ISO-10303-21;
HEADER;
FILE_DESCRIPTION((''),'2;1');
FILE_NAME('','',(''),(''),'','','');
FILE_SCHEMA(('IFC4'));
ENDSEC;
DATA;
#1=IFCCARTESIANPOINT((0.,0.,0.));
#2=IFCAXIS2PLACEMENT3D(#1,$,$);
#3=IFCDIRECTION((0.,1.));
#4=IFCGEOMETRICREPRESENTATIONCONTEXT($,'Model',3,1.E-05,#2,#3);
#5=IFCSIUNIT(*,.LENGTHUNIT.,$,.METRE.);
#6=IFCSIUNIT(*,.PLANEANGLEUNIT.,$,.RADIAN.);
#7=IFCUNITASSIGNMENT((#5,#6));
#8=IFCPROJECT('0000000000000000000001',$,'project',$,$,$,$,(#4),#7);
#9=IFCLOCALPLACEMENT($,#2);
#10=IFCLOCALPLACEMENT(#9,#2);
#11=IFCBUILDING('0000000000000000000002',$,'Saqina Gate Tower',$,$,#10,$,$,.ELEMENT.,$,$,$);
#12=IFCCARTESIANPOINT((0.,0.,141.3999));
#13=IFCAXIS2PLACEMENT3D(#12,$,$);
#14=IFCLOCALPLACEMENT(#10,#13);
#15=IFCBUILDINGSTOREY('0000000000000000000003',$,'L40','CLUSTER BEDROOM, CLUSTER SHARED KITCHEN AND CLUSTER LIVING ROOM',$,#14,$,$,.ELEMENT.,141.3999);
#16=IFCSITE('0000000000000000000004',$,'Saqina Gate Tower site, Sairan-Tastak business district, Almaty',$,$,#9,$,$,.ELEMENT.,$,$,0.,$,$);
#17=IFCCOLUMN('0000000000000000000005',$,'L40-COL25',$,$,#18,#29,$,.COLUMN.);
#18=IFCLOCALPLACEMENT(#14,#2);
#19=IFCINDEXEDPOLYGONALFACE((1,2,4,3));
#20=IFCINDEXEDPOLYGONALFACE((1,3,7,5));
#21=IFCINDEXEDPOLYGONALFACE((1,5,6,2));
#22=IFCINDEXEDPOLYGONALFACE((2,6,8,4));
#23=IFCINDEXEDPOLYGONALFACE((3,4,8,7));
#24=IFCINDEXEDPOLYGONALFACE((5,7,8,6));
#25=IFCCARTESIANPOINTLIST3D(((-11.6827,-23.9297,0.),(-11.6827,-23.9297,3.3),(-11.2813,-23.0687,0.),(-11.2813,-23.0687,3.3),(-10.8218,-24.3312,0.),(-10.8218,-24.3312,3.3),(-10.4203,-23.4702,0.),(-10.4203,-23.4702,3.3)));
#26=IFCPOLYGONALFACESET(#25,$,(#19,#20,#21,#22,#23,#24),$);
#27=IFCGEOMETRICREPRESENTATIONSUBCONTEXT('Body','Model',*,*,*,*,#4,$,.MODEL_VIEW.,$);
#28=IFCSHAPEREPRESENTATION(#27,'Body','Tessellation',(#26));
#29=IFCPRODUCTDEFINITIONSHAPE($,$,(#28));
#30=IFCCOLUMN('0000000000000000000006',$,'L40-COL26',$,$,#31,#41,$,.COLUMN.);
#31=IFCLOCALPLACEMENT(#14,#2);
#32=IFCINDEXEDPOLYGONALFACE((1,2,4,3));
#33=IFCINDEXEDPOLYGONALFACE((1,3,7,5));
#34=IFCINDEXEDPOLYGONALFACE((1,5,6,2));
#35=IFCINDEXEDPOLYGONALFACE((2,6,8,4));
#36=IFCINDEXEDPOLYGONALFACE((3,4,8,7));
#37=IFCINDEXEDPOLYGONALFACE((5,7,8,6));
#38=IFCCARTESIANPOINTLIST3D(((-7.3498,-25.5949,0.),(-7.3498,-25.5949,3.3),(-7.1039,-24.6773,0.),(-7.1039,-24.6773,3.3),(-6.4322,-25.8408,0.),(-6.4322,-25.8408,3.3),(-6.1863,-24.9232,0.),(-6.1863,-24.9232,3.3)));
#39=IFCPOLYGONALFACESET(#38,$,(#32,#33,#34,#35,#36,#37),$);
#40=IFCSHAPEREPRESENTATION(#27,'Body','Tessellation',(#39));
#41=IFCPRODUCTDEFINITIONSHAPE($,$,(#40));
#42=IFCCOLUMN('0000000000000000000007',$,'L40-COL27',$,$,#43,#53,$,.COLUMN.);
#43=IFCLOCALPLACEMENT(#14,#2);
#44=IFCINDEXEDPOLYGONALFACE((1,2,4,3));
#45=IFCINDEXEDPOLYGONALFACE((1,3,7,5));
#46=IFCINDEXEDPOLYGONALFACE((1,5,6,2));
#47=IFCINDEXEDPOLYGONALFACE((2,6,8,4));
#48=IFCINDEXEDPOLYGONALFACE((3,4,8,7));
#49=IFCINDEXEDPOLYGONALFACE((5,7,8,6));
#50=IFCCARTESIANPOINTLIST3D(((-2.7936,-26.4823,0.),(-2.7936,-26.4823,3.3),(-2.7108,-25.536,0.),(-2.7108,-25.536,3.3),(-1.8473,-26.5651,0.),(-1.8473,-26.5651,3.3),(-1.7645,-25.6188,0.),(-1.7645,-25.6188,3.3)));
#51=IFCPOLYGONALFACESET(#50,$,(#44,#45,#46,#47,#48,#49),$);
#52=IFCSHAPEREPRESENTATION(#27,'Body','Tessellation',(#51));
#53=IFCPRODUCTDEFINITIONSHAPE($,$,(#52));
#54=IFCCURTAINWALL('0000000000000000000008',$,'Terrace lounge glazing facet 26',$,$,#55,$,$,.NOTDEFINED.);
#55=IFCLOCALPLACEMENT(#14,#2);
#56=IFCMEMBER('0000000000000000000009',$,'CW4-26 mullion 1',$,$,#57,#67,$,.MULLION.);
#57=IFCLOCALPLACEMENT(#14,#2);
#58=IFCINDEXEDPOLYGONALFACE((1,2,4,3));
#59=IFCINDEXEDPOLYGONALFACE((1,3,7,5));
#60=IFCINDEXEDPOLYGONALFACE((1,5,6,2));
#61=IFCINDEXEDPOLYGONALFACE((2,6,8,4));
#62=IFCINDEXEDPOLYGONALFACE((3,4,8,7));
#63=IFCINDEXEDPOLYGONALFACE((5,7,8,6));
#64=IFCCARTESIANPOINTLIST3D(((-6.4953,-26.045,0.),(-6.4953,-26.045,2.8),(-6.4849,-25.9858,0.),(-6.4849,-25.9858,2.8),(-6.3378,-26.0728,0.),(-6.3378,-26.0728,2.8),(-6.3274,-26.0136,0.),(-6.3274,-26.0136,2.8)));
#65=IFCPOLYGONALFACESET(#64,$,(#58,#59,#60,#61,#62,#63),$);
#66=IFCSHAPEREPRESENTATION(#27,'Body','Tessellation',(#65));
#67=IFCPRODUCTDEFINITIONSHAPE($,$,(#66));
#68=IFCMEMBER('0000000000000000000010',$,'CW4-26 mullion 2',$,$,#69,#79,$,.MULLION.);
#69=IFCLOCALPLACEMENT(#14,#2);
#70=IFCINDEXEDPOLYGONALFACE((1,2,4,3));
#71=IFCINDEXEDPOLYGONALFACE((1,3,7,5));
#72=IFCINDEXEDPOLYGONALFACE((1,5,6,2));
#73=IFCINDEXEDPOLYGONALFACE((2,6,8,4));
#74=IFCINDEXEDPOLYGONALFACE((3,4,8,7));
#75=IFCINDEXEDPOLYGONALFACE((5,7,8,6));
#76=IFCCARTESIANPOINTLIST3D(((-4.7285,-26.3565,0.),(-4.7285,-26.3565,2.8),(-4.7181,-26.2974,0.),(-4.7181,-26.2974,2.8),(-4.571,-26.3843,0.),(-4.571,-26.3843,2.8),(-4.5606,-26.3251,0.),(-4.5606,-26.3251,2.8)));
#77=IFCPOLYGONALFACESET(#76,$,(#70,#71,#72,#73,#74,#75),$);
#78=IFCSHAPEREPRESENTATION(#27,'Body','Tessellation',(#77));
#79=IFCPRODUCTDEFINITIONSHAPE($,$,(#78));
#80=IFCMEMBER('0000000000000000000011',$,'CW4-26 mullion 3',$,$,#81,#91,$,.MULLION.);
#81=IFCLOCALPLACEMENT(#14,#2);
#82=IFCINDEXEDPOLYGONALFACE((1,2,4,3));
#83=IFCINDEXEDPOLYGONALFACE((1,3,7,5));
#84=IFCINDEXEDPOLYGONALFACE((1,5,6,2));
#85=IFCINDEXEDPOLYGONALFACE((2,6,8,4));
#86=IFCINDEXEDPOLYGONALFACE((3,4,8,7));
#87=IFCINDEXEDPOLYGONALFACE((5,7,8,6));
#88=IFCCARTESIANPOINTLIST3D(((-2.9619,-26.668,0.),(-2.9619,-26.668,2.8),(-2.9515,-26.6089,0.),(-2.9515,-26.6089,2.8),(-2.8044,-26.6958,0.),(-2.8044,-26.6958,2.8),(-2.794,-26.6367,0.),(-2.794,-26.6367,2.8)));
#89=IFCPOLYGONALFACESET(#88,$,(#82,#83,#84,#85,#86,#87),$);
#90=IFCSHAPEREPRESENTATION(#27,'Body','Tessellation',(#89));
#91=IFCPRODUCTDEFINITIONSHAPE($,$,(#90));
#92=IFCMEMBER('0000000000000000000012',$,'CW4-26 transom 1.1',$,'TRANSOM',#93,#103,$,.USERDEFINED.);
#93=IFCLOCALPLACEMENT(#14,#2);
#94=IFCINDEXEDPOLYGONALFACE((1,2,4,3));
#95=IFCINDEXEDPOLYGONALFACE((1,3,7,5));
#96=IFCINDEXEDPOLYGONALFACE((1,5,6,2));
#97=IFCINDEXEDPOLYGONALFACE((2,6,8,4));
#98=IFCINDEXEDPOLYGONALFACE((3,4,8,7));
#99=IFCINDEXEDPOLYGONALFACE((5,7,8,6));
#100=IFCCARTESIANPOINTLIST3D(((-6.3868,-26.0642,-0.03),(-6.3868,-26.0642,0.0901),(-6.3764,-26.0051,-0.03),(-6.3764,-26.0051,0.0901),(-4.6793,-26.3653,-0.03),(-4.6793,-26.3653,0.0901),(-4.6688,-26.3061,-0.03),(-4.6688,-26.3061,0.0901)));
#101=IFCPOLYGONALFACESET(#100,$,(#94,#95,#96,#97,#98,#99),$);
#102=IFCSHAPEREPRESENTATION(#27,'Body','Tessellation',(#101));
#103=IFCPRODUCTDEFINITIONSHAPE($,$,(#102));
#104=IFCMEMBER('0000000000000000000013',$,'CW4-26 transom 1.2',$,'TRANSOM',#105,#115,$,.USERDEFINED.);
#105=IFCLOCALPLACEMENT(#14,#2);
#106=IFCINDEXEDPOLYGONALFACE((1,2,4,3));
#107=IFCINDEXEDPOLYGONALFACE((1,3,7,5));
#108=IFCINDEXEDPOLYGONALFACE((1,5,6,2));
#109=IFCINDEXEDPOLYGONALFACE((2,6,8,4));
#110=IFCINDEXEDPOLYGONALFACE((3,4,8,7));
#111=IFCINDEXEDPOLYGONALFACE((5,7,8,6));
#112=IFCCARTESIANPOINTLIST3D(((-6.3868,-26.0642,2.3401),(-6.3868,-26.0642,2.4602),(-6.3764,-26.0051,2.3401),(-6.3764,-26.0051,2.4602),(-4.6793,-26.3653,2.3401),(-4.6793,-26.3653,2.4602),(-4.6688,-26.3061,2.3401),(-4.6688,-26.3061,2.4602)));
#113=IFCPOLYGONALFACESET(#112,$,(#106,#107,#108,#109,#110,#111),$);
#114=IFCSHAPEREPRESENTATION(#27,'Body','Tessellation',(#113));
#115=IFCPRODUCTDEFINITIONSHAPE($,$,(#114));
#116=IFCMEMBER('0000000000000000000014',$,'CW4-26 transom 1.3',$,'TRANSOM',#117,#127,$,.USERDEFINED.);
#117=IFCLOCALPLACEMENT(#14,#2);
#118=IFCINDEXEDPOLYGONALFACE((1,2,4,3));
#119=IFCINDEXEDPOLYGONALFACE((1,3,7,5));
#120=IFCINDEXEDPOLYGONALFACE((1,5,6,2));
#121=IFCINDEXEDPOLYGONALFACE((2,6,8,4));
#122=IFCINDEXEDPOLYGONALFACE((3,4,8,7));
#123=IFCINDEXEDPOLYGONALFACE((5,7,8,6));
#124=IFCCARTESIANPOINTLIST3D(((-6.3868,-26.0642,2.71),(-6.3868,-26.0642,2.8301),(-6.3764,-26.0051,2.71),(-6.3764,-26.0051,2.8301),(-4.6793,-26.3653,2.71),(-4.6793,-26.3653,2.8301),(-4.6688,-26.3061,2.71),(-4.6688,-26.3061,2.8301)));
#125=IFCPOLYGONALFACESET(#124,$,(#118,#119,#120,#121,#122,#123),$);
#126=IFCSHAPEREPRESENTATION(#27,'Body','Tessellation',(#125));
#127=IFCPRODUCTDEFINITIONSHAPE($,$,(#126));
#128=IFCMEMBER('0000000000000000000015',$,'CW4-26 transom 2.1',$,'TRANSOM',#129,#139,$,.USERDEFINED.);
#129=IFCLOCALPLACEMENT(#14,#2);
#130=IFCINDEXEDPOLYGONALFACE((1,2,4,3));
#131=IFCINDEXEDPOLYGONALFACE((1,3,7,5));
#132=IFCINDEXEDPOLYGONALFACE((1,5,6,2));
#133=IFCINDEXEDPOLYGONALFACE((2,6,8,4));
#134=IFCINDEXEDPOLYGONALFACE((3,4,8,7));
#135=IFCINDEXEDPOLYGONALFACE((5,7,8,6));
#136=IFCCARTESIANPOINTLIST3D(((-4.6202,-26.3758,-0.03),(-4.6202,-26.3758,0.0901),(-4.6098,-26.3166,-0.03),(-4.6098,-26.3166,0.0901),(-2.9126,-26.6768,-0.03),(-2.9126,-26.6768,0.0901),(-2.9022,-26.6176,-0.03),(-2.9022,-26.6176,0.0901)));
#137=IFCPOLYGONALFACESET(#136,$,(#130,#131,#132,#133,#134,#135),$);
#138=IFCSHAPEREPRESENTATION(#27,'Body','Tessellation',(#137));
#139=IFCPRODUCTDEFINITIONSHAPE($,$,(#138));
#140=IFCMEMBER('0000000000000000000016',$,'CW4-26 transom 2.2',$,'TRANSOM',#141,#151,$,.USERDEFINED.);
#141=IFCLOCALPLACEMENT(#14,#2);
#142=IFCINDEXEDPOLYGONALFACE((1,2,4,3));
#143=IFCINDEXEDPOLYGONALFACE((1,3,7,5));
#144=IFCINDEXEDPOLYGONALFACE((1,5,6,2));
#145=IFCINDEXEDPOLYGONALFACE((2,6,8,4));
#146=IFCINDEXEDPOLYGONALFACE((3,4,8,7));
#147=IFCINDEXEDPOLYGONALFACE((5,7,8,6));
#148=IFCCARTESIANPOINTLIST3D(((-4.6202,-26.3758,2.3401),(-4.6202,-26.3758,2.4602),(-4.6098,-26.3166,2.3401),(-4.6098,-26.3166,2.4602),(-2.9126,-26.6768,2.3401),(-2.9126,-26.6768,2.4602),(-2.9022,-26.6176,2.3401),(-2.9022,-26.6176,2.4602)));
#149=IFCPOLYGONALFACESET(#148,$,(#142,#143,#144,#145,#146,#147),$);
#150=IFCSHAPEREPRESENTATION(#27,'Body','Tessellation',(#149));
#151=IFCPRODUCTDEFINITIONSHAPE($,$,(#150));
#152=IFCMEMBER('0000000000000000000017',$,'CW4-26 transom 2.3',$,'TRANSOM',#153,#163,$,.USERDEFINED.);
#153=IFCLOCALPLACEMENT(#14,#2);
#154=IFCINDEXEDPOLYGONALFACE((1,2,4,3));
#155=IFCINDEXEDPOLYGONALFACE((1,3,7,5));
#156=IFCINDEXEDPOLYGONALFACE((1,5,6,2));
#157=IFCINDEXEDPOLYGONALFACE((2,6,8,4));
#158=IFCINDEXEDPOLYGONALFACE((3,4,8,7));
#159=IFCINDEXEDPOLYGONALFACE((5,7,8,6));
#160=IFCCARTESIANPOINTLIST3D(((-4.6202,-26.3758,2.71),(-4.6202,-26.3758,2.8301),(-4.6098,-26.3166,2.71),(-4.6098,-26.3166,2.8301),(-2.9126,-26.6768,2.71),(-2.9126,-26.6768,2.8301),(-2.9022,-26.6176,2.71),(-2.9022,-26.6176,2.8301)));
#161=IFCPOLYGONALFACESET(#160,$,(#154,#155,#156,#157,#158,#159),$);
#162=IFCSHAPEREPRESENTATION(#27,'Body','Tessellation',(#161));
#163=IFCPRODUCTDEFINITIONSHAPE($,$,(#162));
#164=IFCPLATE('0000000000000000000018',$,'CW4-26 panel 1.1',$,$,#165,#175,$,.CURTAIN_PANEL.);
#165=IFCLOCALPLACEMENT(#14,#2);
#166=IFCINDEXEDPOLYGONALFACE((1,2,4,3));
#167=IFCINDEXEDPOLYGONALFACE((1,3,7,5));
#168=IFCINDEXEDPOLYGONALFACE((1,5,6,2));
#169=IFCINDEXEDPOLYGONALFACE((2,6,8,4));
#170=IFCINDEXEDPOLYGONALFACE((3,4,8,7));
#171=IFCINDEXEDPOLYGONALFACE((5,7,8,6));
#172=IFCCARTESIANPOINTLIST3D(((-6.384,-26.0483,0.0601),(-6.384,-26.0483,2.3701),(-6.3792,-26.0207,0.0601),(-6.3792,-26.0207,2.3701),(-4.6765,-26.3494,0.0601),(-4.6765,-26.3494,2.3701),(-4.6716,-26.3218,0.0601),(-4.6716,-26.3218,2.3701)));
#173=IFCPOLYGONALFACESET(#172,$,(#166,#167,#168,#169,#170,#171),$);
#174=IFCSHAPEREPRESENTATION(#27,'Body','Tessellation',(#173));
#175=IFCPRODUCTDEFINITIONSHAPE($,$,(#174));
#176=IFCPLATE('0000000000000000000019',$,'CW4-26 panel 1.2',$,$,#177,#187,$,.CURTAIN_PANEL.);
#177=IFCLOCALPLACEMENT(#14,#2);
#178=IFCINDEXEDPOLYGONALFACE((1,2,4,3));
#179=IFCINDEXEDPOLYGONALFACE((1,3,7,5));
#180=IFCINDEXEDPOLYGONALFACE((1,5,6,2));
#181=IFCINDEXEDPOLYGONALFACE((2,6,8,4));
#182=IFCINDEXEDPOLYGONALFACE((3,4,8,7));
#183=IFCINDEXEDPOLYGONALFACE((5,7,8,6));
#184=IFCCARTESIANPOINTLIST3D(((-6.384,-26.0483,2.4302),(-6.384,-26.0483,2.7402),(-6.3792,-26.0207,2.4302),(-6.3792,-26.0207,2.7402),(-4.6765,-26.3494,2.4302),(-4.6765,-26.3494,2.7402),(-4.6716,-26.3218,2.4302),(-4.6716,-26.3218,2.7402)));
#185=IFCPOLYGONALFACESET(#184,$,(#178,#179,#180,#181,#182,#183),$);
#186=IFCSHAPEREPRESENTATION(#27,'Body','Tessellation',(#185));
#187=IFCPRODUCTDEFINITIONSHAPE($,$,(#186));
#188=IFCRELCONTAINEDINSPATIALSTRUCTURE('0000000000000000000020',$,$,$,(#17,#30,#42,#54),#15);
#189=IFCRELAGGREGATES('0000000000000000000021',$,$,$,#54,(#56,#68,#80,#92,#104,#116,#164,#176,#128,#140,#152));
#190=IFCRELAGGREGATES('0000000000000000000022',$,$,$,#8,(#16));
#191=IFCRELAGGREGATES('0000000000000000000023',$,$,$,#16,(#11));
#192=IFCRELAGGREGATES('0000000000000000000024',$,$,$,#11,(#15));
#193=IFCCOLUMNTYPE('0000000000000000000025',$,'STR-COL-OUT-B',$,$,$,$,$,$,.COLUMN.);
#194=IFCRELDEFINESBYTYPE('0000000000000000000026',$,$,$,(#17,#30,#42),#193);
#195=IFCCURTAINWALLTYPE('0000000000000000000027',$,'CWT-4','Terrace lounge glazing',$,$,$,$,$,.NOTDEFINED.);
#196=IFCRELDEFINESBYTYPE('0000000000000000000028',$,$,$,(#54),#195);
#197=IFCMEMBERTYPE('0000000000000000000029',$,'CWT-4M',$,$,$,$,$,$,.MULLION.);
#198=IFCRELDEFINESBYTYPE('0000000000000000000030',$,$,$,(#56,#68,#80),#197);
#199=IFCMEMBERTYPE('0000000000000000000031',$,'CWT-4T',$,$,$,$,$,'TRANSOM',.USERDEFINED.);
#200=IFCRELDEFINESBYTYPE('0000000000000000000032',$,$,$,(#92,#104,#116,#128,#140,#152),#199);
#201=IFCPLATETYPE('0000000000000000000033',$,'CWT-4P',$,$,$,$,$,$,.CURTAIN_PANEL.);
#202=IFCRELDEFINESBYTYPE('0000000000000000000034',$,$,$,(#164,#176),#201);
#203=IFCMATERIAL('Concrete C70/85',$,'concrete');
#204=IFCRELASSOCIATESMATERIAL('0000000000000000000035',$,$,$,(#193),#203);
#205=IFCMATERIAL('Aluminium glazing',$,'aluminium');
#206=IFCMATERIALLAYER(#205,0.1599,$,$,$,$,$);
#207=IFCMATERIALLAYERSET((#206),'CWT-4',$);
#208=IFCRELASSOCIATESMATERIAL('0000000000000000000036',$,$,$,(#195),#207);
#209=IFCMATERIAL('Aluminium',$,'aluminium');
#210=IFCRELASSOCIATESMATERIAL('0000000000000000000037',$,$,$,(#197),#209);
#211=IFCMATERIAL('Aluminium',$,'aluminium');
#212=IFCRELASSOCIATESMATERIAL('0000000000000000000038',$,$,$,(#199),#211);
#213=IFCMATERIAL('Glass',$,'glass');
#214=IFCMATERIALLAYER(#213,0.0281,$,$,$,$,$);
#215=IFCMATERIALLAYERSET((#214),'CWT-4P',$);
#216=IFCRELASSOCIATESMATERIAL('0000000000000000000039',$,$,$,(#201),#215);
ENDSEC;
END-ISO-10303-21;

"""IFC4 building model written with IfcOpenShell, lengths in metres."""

from ifc_helpers import new_model, si_unit, direction, frame, origin, origin_2d, place, context, subcontext, project, spatial, rectangle, extrude, material, layer, layer_set, material_profile, profile_set, type_object, element, aggregate, save


model = new_model("IFC4")

# Units and contexts
model_context = context("Model", 3, precision=1e-05, world=origin(), true_north=direction((0.0, 1.0)))
body_context = subcontext(model_context, "Body", "Model", "MODEL_VIEW")
ifc_project = project(units=[si_unit("LENGTHUNIT", "METRE"), si_unit("PLANEANGLEUNIT", "RADIAN")], contexts=[model_context])

# Site, building, storey
site_placement = place(None, origin())
site = spatial("IfcSite", under=ifc_project, at=site_placement, Name="Saqina Gate Tower site, Sairan-Tastak business district, Almaty", CompositionType="ELEMENT", RefElevation=0.0)
building_placement = place(site_placement, origin())
building = spatial("IfcBuilding", under=site, at=building_placement, Name="Saqina Gate Tower", CompositionType="ELEMENT")
storey_placement = place(building_placement, frame((0.0, 0.0, 141.3999)))
storey = spatial("IfcBuildingStorey", under=building, at=storey_placement, Name="L40", Description="CLUSTER BEDROOM, CLUSTER SHARED KITCHEN AND CLUSTER LIVING ROOM", CompositionType="ELEMENT", Elevation=141.3999)

# Columns
ifc_material_1 = material(Name="Concrete C70/85", Category="concrete")
ifc_material_profile_1 = material_profile(ifc_material_1, rectangle(XDim=0.95, YDim=0.95, at=origin_2d()), Name="RC 950x950")
ifc_profile_set_1 = profile_set([ifc_material_profile_1], Name="Concrete C70/85")
column_type = type_object("IfcColumnType", Name="STR-COL-OUT-B", PredefinedType="COLUMN", material=ifc_profile_set_1)
for number, where, z_axis, x_axis, name in (
    (1, (-11.0515, -23.7, 0.0), (0.0, 0.0, 1.0), (-0.422618, -0.906308, 0.0), "L40-COL25"),
    (2, (-6.7681, -25.259, 0.0), (0.0, 0.0, 1.0), (-0.258819, -0.965926, 0.0), "L40-COL26"),
    (3, (-2.2791, -26.0505, 0.0), (0.0, 0.0, 1.0), (-0.087156, -0.996195, 0.0), "L40-COL27"),
):
    element("IfcColumn", number, at=place(storey_placement, frame(where, z_axis=z_axis, x_axis=x_axis)), inside=storey, type_object=column_type, Name=name, PredefinedType="COLUMN", context=body_context, shape_type="SweptSolid", body=[
        extrude(rectangle(XDim=0.95, YDim=0.95, at=origin_2d()), origin(), (0.0, 0.0, 1.0), 3.3),
    ])

# Curtain wall, members, plates
ifc_material_2 = material(Name="Aluminium glazing", Category="aluminium")
ifc_layer_1 = layer(ifc_material_2, 0.1599)
ifc_layer_set_1 = layer_set([ifc_layer_1], Name="CWT-4")
curtain_wall_type = type_object("IfcCurtainWallType", Name="CWT-4", Description="Terrace lounge glazing", PredefinedType="NOTDEFINED", material=ifc_layer_set_1)
curtain_wall_placement = place(storey_placement, origin())
curtain_wall = element("IfcCurtainWall", 4, at=curtain_wall_placement, inside=storey, type_object=curtain_wall_type, Name="Terrace lounge glazing facet 26", PredefinedType="NOTDEFINED")
ifc_material_3 = material(Name="Aluminium", Category="aluminium")
ifc_material_profile_2 = material_profile(ifc_material_3, rectangle(XDim=0.0601, YDim=0.1599, at=origin_2d()), Name="Aluminium 60x160")
ifc_profile_set_2 = profile_set([ifc_material_profile_2], Name="Aluminium")
member_type_1 = type_object("IfcMemberType", Name="CWT-4M", PredefinedType="MULLION", material=ifc_profile_set_2)
member_1_placement = place(storey_placement, frame((-6.4114, -26.0293, 0.0), z_axis=(0.0, 0.0, 1.0), x_axis=(0.173638, 0.984809, 0.0)))
member_1 = element("IfcMember", 5, at=member_1_placement, type_object=member_type_1, Name="CW4-26 mullion 1", PredefinedType="MULLION", context=body_context, shape_type="SweptSolid", body=[
    extrude(rectangle(XDim=0.0601, YDim=0.1599, at=origin_2d()), origin(), (0.0, 0.0, 1.0), 2.8),
])
member_2_placement = place(storey_placement, frame((-4.6445, -26.3408, 0.0), z_axis=(0.0, 0.0, 1.0), x_axis=(0.173638, 0.984809, 0.0)))
member_2 = element("IfcMember", 6, at=member_2_placement, type_object=member_type_1, Name="CW4-26 mullion 2", PredefinedType="MULLION", context=body_context, shape_type="SweptSolid", body=[
    extrude(rectangle(XDim=0.0601, YDim=0.1599, at=origin_2d()), origin(), (0.0, 0.0, 1.0), 2.8),
])
member_3_placement = place(storey_placement, frame((-2.8779, -26.6523, 0.0), z_axis=(0.0, 0.0, 1.0), x_axis=(0.173638, 0.984809, 0.0)))
member_3 = element("IfcMember", 7, at=member_3_placement, type_object=member_type_1, Name="CW4-26 mullion 3", PredefinedType="MULLION", context=body_context, shape_type="SweptSolid", body=[
    extrude(rectangle(XDim=0.0601, YDim=0.1599, at=origin_2d()), origin(), (0.0, 0.0, 1.0), 2.8),
])
ifc_material_4 = material(Name="Aluminium", Category="aluminium")
ifc_material_profile_3 = material_profile(ifc_material_4, rectangle(XDim=0.0601, YDim=0.1201, at=origin_2d()), Name="Aluminium 60x120")
ifc_profile_set_3 = profile_set([ifc_material_profile_3], Name="Aluminium")
member_type_2 = type_object("IfcMemberType", Name="CWT-4T", ElementType="TRANSOM", PredefinedType="USERDEFINED", material=ifc_profile_set_3)
member_4_placement = place(storey_placement, frame((-6.3816, -26.0347, 0.03), z_axis=(0.984813, -0.173617, 0.0), x_axis=(0.173617, 0.984813, 0.0)))
member_4 = element("IfcMember", 8, at=member_4_placement, type_object=member_type_2, Name="CW4-26 transom 1.1", ObjectType="TRANSOM", PredefinedType="USERDEFINED", context=body_context, shape_type="SweptSolid", body=[
    extrude(rectangle(XDim=0.0601, YDim=0.1201, at=origin_2d()), origin(), (0.0, 0.0, 1.0), 1.7339),
])
member_5_placement = place(storey_placement, frame((-6.3816, -26.0347, 2.4001), z_axis=(0.984813, -0.173617, 0.0), x_axis=(0.173617, 0.984813, 0.0)))
member_5 = element("IfcMember", 9, at=member_5_placement, type_object=member_type_2, Name="CW4-26 transom 1.2", ObjectType="TRANSOM", PredefinedType="USERDEFINED", context=body_context, shape_type="SweptSolid", body=[
    extrude(rectangle(XDim=0.0601, YDim=0.1201, at=origin_2d()), origin(), (0.0, 0.0, 1.0), 1.7339),
])
member_6_placement = place(storey_placement, frame((-6.3816, -26.0347, 2.77), z_axis=(0.984813, -0.173617, 0.0), x_axis=(0.173617, 0.984813, 0.0)))
member_6 = element("IfcMember", 10, at=member_6_placement, type_object=member_type_2, Name="CW4-26 transom 1.3", ObjectType="TRANSOM", PredefinedType="USERDEFINED", context=body_context, shape_type="SweptSolid", body=[
    extrude(rectangle(XDim=0.0601, YDim=0.1201, at=origin_2d()), origin(), (0.0, 0.0, 1.0), 1.7339),
])
member_7_placement = place(storey_placement, frame((-4.615, -26.3462, 0.03), z_axis=(0.984813, -0.173617, 0.0), x_axis=(0.173617, 0.984813, 0.0)))
member_7 = element("IfcMember", 11, at=member_7_placement, type_object=member_type_2, Name="CW4-26 transom 2.1", ObjectType="TRANSOM", PredefinedType="USERDEFINED", context=body_context, shape_type="SweptSolid", body=[
    extrude(rectangle(XDim=0.0601, YDim=0.1201, at=origin_2d()), origin(), (0.0, 0.0, 1.0), 1.7339),
])
member_8_placement = place(storey_placement, frame((-4.615, -26.3462, 2.4001), z_axis=(0.984813, -0.173617, 0.0), x_axis=(0.173617, 0.984813, 0.0)))
member_8 = element("IfcMember", 12, at=member_8_placement, type_object=member_type_2, Name="CW4-26 transom 2.2", ObjectType="TRANSOM", PredefinedType="USERDEFINED", context=body_context, shape_type="SweptSolid", body=[
    extrude(rectangle(XDim=0.0601, YDim=0.1201, at=origin_2d()), origin(), (0.0, 0.0, 1.0), 1.7339),
])
member_9_placement = place(storey_placement, frame((-4.615, -26.3462, 2.77), z_axis=(0.984813, -0.173617, 0.0), x_axis=(0.173617, 0.984813, 0.0)))
member_9 = element("IfcMember", 13, at=member_9_placement, type_object=member_type_2, Name="CW4-26 transom 2.3", ObjectType="TRANSOM", PredefinedType="USERDEFINED", context=body_context, shape_type="SweptSolid", body=[
    extrude(rectangle(XDim=0.0601, YDim=0.1201, at=origin_2d()), origin(), (0.0, 0.0, 1.0), 1.7339),
])
ifc_material_5 = material(Name="Glass", Category="glass")
ifc_layer_2 = layer(ifc_material_5, 0.0281)
ifc_layer_set_2 = layer_set([ifc_layer_2], Name="CWT-4P")
plate_type = type_object("IfcPlateType", Name="CWT-4P", PredefinedType="CURTAIN_PANEL", material=ifc_layer_set_2)
plate_1_placement = place(storey_placement, frame((-5.5278, -26.1851, 0.0601), z_axis=(0.0, 0.0, 1.0), x_axis=(0.984809, -0.173638, 0.0)))
plate_1 = element("IfcPlate", 14, at=plate_1_placement, type_object=plate_type, Name="CW4-26 panel 1.1", PredefinedType="CURTAIN_PANEL", context=body_context, shape_type="SweptSolid", body=[
    extrude(rectangle(XDim=1.7339, YDim=0.0281, at=origin_2d()), origin(), (0.0, 0.0, 1.0), 2.3101),
])
plate_2_placement = place(storey_placement, frame((-5.5278, -26.1851, 2.4302), z_axis=(0.0, 0.0, 1.0), x_axis=(0.984809, -0.173638, 0.0)))
plate_2 = element("IfcPlate", 15, at=plate_2_placement, type_object=plate_type, Name="CW4-26 panel 1.2", PredefinedType="CURTAIN_PANEL", context=body_context, shape_type="SweptSolid", body=[
    extrude(rectangle(XDim=1.7339, YDim=0.0281, at=origin_2d()), origin(), (0.0, 0.0, 1.0), 0.3101),
])
aggregate(curtain_wall, [member_1, member_2, member_3, member_4, member_5, member_6, plate_1, plate_2, member_7, member_8, member_9])

save(model, "model.ifc")
